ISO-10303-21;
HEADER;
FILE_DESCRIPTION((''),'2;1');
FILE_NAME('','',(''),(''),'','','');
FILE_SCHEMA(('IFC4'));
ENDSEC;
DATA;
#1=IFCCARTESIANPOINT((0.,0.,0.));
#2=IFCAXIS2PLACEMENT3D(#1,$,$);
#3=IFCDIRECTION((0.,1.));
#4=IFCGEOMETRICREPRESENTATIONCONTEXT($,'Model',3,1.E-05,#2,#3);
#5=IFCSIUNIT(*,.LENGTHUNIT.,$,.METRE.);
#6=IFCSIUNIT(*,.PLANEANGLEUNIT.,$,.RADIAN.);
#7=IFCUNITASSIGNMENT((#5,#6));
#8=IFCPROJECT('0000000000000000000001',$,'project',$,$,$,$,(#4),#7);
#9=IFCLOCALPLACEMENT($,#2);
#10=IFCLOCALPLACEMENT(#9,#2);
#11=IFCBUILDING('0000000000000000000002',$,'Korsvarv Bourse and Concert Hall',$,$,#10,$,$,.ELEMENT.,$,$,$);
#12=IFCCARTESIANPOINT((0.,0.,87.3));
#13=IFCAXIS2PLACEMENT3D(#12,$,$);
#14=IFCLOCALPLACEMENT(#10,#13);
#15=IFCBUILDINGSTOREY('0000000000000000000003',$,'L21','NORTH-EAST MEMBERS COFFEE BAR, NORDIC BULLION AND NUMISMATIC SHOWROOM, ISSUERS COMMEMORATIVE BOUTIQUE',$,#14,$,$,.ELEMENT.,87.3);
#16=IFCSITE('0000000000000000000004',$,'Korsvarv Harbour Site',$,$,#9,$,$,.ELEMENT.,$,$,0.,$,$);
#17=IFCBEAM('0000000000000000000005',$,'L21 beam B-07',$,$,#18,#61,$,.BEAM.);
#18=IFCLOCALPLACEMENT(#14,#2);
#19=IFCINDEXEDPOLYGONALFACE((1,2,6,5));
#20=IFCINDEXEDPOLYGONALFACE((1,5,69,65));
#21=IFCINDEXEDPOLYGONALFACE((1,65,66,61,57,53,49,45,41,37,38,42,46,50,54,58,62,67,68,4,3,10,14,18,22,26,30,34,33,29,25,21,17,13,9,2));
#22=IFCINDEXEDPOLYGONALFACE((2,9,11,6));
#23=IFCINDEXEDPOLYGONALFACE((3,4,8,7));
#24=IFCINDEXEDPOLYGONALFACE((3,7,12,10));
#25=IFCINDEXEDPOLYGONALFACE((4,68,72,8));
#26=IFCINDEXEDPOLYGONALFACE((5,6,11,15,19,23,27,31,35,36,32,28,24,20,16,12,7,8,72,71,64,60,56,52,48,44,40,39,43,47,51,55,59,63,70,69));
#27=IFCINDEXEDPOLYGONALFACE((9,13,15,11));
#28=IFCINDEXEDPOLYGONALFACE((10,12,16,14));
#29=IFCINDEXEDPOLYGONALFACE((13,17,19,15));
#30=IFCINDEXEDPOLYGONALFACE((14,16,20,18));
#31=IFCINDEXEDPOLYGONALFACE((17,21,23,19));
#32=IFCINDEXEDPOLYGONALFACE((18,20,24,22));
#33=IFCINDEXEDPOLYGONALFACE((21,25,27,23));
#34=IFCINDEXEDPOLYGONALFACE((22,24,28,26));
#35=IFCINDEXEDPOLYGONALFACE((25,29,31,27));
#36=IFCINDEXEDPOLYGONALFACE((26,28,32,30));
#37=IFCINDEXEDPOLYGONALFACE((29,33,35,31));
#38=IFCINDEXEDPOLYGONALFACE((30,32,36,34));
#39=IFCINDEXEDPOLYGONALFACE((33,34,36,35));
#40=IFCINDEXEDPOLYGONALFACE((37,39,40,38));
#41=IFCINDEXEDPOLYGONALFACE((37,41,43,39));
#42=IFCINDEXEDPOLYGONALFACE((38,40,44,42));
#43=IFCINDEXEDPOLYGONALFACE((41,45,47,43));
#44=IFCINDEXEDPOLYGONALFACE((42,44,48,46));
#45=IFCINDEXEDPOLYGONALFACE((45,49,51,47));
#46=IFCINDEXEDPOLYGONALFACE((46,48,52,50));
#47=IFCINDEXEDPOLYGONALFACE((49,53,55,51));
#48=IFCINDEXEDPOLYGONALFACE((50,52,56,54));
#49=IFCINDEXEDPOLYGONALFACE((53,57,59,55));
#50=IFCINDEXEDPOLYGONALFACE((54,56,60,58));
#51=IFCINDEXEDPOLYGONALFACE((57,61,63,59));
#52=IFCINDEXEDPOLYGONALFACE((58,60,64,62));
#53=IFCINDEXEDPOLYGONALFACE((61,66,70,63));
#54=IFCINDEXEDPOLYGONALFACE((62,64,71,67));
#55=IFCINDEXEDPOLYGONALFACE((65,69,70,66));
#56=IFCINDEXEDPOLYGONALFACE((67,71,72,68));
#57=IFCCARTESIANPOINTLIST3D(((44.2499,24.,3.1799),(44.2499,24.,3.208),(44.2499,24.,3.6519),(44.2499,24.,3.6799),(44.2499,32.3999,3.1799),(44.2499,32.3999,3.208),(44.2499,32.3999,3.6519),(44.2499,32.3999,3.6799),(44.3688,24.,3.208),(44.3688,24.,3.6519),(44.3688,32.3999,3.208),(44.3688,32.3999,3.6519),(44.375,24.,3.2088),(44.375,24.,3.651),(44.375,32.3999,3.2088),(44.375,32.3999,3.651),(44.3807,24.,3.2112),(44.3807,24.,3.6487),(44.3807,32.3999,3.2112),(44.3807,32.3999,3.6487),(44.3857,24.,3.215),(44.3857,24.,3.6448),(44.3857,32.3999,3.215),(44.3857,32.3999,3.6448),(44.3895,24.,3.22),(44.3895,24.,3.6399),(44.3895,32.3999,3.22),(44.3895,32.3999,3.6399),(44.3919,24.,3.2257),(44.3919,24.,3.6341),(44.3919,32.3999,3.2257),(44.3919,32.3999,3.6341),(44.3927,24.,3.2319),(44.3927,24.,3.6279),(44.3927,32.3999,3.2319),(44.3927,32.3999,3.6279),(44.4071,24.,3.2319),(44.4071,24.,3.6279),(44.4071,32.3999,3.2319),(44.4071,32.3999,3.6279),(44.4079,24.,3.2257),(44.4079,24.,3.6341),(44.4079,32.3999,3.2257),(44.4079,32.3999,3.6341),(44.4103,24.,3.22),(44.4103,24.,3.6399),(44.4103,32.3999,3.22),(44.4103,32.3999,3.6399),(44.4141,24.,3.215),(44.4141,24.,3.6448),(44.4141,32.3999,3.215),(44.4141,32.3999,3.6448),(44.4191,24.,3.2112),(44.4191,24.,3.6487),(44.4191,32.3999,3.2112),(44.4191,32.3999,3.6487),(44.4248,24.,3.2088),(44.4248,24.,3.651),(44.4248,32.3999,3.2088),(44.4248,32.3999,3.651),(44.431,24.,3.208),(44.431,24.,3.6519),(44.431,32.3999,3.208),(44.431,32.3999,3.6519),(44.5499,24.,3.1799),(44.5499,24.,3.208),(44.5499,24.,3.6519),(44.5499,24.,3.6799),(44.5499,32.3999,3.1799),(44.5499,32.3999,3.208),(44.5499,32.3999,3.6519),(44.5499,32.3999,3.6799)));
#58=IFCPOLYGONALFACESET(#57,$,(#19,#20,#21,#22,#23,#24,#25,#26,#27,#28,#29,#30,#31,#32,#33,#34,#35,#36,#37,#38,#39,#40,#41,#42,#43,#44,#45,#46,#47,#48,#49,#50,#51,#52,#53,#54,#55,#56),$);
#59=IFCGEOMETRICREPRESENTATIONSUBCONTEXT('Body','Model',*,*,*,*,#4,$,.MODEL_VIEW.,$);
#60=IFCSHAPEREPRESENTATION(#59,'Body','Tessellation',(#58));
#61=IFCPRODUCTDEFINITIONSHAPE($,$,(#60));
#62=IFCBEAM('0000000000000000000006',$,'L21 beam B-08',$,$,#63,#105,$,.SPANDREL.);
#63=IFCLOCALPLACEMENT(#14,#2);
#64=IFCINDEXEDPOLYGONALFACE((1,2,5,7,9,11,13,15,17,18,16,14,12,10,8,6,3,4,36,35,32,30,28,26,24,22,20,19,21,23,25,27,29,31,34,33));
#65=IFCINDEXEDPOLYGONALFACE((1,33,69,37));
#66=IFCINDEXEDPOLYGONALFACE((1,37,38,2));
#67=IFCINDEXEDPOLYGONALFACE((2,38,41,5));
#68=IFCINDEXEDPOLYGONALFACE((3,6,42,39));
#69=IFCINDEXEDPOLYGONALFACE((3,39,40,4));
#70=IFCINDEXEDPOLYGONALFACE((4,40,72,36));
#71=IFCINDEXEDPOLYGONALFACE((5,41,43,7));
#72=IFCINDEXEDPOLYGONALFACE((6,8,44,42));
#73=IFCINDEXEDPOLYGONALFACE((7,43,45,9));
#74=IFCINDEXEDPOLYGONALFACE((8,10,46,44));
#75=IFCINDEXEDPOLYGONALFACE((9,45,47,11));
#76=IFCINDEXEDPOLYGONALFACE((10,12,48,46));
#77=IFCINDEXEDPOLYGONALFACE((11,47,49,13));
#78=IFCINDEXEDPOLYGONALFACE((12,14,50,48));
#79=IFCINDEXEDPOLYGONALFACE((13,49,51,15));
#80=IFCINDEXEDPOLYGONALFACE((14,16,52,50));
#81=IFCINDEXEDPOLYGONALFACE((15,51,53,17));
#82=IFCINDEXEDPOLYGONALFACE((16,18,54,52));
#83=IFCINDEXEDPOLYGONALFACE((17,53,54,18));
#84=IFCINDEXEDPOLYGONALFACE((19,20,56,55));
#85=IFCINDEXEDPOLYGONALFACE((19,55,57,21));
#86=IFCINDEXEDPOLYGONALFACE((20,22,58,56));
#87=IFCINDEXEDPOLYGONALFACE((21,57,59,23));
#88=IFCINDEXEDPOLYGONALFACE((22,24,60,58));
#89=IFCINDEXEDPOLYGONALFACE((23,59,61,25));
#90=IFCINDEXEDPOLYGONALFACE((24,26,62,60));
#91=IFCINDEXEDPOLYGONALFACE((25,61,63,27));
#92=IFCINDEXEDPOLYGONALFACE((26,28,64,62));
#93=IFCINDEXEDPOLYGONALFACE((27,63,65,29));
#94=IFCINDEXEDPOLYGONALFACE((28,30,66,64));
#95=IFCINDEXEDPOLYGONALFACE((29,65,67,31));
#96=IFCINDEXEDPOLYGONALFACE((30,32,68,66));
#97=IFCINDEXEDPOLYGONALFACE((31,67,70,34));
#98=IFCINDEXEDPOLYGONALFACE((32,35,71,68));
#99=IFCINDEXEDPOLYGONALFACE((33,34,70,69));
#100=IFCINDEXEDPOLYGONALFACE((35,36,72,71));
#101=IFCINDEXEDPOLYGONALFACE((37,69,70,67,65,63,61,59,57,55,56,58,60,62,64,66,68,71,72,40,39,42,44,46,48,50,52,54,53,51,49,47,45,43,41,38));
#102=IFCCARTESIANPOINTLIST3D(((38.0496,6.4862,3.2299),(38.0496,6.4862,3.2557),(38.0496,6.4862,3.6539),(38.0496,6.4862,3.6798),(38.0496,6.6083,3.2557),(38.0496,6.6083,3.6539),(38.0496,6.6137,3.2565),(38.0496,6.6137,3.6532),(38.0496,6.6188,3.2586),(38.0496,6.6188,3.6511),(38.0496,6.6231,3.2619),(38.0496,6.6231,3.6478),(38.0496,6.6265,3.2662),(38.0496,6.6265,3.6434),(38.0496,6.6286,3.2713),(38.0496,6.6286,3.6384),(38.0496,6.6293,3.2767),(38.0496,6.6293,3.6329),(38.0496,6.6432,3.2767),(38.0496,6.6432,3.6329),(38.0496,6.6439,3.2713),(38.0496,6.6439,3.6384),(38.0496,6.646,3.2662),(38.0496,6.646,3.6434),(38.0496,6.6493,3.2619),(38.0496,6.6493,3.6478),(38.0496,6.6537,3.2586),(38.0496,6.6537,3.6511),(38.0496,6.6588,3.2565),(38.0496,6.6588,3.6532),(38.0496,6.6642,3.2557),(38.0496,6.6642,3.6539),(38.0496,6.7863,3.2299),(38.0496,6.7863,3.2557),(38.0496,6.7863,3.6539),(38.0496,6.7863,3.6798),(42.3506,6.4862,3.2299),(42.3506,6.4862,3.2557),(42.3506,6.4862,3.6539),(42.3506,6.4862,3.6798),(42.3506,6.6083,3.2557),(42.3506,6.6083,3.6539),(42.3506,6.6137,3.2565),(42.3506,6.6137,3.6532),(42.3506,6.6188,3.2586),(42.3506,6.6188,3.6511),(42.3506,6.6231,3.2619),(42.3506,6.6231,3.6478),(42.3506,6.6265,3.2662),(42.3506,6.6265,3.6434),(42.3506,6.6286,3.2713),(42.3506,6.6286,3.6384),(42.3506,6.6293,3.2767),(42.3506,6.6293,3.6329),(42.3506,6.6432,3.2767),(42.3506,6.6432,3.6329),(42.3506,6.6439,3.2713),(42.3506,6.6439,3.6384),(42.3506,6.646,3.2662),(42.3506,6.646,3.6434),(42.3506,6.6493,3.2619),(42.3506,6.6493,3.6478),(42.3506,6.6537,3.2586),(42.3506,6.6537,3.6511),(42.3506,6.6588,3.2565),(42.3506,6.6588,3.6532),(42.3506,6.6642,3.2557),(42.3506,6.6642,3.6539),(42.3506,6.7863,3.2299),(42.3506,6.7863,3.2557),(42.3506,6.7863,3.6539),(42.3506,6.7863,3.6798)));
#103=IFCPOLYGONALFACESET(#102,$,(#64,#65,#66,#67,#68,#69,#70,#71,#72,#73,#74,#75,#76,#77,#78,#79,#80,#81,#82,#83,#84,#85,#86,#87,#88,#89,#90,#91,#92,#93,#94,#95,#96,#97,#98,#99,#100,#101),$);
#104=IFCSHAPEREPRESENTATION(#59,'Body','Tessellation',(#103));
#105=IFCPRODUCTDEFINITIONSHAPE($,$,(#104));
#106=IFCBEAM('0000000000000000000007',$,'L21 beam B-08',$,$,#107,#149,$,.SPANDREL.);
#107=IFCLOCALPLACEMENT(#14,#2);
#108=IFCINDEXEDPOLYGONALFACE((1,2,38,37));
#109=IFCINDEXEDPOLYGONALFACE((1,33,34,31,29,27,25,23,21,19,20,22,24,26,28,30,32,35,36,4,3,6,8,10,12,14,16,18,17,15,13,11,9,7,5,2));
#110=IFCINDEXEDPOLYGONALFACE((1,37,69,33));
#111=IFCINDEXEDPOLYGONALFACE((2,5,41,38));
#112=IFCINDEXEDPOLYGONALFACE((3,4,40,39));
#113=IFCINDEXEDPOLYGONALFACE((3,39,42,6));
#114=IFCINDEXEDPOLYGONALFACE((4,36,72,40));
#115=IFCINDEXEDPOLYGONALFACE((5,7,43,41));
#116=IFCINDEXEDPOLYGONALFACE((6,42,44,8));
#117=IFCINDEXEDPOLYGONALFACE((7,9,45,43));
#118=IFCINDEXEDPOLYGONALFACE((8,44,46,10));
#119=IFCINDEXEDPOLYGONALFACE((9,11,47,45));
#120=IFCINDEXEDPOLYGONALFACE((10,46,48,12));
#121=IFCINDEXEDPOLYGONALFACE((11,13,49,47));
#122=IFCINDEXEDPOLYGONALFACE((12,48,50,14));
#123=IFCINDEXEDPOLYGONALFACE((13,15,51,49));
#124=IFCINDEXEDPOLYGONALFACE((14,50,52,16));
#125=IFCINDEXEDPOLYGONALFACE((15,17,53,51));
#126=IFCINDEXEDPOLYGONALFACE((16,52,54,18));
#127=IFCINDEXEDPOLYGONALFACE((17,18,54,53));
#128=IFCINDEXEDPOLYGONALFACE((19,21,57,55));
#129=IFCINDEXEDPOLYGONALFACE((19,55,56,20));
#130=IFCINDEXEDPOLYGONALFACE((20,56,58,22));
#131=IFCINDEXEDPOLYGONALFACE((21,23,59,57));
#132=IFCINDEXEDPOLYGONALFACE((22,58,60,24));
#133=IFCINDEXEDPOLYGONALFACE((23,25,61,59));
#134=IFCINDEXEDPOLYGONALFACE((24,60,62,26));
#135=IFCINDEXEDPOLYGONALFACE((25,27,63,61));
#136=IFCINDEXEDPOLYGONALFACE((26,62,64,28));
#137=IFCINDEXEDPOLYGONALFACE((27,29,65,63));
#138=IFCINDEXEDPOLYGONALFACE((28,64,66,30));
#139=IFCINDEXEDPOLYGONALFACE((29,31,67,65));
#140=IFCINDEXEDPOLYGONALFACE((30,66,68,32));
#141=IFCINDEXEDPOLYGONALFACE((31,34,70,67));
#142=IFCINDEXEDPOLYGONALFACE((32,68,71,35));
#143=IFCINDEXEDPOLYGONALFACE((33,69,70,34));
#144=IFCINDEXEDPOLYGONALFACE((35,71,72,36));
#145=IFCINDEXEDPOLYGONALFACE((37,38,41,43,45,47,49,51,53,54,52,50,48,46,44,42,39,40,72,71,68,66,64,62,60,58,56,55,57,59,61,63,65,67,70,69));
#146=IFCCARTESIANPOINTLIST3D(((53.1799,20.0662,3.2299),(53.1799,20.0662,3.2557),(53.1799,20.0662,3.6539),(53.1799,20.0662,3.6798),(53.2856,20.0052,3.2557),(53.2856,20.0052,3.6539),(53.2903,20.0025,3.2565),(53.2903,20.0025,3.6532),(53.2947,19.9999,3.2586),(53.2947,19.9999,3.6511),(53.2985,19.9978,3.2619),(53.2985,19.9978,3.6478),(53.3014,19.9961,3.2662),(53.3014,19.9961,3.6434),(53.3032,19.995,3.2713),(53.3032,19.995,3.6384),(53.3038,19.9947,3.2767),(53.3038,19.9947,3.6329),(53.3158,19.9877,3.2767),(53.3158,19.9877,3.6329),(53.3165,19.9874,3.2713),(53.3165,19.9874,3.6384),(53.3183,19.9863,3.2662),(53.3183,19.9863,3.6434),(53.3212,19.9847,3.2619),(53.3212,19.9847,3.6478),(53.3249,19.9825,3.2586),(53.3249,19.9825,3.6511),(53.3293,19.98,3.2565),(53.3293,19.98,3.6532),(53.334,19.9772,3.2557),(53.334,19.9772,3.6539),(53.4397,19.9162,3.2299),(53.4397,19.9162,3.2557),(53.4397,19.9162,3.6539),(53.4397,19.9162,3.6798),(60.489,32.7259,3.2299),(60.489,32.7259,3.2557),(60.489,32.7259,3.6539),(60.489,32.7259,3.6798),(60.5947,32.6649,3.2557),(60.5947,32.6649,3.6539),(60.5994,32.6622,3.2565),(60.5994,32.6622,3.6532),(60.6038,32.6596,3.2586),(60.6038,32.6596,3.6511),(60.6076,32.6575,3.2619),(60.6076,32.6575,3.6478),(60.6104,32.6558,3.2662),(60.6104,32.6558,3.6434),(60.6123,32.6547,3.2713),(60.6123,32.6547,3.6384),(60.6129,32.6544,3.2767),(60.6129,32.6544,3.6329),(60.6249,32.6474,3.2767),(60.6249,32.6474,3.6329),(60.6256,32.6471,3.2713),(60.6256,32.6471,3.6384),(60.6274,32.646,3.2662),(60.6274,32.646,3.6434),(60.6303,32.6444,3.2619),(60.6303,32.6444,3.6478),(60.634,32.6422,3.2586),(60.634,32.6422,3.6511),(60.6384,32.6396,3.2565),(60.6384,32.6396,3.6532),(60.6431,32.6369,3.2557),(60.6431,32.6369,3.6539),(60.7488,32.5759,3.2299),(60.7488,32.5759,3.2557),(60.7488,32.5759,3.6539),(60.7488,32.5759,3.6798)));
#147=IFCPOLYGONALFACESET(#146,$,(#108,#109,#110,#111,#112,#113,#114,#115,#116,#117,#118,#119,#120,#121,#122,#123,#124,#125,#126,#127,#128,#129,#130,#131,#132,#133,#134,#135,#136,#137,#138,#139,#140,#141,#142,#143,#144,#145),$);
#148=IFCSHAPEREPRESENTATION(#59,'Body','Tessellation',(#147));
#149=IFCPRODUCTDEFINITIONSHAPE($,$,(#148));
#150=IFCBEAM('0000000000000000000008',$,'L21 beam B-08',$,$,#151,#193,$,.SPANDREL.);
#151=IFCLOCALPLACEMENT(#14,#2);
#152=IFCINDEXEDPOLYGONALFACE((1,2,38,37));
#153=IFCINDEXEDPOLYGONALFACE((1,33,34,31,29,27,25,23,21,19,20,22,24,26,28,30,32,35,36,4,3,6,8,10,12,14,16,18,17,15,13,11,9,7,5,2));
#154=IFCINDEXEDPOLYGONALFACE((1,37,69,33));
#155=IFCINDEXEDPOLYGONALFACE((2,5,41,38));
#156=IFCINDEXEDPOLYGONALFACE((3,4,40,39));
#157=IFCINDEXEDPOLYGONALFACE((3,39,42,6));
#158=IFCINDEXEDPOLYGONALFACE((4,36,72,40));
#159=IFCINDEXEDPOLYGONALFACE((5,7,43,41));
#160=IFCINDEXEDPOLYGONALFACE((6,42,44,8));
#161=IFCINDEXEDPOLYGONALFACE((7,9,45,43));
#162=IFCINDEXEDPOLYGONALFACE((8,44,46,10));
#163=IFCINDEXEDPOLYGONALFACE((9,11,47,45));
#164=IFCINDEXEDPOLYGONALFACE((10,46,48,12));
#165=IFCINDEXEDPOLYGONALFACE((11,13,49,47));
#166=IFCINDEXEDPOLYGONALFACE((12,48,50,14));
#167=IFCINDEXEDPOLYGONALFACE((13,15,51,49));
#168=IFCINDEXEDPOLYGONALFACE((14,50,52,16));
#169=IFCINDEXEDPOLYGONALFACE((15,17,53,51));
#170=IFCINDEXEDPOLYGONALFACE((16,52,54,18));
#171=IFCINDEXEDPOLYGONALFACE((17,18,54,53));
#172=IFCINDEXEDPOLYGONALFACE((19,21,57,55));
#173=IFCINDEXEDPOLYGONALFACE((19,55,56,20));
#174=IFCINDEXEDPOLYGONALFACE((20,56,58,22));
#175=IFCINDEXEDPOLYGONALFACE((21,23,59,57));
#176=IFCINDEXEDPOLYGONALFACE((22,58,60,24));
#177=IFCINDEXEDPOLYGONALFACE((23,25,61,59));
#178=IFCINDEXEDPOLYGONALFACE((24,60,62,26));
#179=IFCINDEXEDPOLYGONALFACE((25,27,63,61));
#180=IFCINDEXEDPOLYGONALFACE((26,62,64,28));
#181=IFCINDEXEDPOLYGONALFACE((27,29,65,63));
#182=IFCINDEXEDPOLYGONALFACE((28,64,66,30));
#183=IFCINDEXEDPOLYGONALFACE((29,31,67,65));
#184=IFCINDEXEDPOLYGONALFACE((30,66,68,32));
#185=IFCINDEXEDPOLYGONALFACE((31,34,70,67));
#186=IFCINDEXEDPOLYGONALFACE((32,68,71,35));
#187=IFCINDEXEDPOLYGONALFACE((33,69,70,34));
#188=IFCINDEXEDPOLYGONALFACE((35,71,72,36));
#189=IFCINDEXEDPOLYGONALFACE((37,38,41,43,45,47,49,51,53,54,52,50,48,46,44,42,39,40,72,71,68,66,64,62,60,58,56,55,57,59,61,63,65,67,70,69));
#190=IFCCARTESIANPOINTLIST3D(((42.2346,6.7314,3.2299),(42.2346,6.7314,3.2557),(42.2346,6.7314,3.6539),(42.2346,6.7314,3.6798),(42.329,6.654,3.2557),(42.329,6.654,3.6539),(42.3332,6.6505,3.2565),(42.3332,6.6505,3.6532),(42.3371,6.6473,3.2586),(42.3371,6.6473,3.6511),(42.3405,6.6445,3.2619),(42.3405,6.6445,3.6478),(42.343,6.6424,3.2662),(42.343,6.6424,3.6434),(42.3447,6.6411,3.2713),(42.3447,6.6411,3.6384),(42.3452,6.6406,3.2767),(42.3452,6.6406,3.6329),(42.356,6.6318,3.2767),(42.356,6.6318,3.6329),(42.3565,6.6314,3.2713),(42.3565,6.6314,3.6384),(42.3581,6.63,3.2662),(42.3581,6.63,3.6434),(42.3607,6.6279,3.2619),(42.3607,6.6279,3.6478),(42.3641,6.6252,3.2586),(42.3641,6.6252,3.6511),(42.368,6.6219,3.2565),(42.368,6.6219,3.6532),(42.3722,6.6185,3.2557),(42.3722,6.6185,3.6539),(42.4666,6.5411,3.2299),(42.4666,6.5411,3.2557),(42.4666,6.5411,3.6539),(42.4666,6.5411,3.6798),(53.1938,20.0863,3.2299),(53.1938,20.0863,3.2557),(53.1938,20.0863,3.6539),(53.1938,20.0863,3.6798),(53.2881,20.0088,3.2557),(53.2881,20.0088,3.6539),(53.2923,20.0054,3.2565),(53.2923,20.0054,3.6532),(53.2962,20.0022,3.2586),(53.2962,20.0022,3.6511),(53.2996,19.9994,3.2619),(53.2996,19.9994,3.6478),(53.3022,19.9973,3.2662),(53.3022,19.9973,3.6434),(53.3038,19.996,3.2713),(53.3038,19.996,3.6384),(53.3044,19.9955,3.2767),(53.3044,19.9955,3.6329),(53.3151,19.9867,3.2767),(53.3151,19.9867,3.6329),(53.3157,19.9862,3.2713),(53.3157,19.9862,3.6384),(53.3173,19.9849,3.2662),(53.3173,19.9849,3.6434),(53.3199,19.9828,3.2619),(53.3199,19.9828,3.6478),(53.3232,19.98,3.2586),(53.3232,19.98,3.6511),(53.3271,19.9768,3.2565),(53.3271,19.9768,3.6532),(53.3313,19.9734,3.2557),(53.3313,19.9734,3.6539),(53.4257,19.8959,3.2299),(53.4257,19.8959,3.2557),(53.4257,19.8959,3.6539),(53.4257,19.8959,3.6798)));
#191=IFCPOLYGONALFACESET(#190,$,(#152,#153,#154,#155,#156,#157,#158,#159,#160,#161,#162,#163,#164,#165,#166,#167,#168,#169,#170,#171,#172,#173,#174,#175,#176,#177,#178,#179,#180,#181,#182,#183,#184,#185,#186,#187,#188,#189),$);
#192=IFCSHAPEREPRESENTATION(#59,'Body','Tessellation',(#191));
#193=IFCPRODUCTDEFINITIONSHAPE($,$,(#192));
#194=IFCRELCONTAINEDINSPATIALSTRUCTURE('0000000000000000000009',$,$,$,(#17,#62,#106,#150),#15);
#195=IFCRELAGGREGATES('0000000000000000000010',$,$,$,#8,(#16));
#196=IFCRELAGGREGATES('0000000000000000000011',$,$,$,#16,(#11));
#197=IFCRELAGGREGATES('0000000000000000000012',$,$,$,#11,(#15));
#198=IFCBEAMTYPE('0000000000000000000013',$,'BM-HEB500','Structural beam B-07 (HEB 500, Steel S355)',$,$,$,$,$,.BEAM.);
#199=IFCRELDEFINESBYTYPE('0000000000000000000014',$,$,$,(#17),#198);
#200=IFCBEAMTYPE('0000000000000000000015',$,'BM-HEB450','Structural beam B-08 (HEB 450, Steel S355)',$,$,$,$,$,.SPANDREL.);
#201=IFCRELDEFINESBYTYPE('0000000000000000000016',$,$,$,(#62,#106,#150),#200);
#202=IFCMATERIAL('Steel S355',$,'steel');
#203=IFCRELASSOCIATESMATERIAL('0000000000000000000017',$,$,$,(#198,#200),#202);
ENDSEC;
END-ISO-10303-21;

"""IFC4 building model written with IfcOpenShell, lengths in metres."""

from ifc_helpers import new_model, si_unit, direction, frame, origin, origin_2d, place, context, subcontext, project, spatial, i_section, extrude, source, transform, mapped, material, material_profile, profile_set, type_object, element, save


model = new_model("IFC4")

# Units and contexts
model_context = context("Model", 3, precision=1e-05, world=origin(), true_north=direction((0.0, 1.0)))
body_context = subcontext(model_context, "Body", "Model", "MODEL_VIEW")
ifc_project = project(units=[si_unit("LENGTHUNIT", "METRE"), si_unit("PLANEANGLEUNIT", "RADIAN")], contexts=[model_context])

# Site, building, storey
site_placement = place(None, origin())
site = spatial("IfcSite", under=ifc_project, at=site_placement, Name="Korsvarv Harbour Site", CompositionType="ELEMENT", RefElevation=0.0)
building_placement = place(site_placement, origin())
building = spatial("IfcBuilding", under=site, at=building_placement, Name="Korsvarv Bourse and Concert Hall", CompositionType="ELEMENT")
storey_placement = place(building_placement, frame((0.0, 0.0, 87.3)))
storey = spatial("IfcBuildingStorey", under=building, at=storey_placement, Name="L21", Description="NORTH-EAST MEMBERS COFFEE BAR, NORDIC BULLION AND NUMISMATIC SHOWROOM, ISSUERS COMMEMORATIVE BOUTIQUE", CompositionType="ELEMENT", Elevation=87.3)

# Beams
ifc_material_1 = material(Name="Steel S355", Category="steel")
ifc_material_profile_1 = material_profile(ifc_material_1, i_section(OverallWidth=0.3, OverallDepth=0.5, WebThickness=0.0144, FlangeThickness=0.0281, FilletRadius=0.0239, at=origin_2d()), Name="HEB 500")
ifc_profile_set_1 = profile_set([ifc_material_profile_1], Name="Steel S355")
beam_type_1 = type_object("IfcBeamType", Name="BM-HEB500", Description="Structural beam B-07 (HEB 500, Steel S355)", PredefinedType="BEAM", material=ifc_profile_set_1)
shared_shape_1 = source(origin(), body_context, "Body", "SweptSolid", [
    extrude(i_section(OverallWidth=0.3, OverallDepth=0.5, WebThickness=0.0144, FlangeThickness=0.0281, FilletRadius=0.0239, at=origin_2d()), origin(), (0.0, 0.0, 1.0), 8.3999),
])
beam_1_placement = place(storey_placement, frame((44.3999, 24.0, 3.4299), z_axis=(0.0, 1.0, 0.0), x_axis=(-1.0, 0.0, 0.0)))
element("IfcBeam", 1, at=beam_1_placement, inside=storey, type_object=beam_type_1, Name="L21 beam B-07", PredefinedType="BEAM", context=body_context, shape_type="MappedRepresentation", body=[
    mapped(shared_shape_1, transform((0.0, 0.0, 0.0), scale=1.0)),
])
ifc_material_profile_2 = material_profile(ifc_material_1, i_section(OverallWidth=0.3, OverallDepth=0.45, WebThickness=0.0139, FlangeThickness=0.0259, FilletRadius=0.021, at=origin_2d()), Name="HEB 450")
ifc_profile_set_2 = profile_set([ifc_material_profile_2], Name="Steel S355")
beam_type_2 = type_object("IfcBeamType", Name="BM-HEB450", Description="Structural beam B-08 (HEB 450, Steel S355)", PredefinedType="SPANDREL", material=ifc_profile_set_2)
shared_shape_2 = source(origin(), body_context, "Body", "SweptSolid", [
    extrude(i_section(OverallWidth=0.3, OverallDepth=0.45, WebThickness=0.0139, FlangeThickness=0.0259, FilletRadius=0.021, at=origin_2d()), origin(), (0.0, 0.0, 1.0), 4.301),
])
beam_2_placement = place(storey_placement, frame((38.0496, 6.6362, 3.4548), z_axis=(1.0, 0.0, 0.0), x_axis=(0.0, 1.0, 0.0)))
element("IfcBeam", 2, at=beam_2_placement, inside=storey, type_object=beam_type_2, Name="L21 beam B-08", PredefinedType="SPANDREL", context=body_context, shape_type="MappedRepresentation", body=[
    mapped(shared_shape_2, transform((0.0, 0.0, 0.0), scale=1.0)),
])
shared_shape_3 = source(origin(), body_context, "Body", "SweptSolid", [
    extrude(i_section(OverallWidth=0.3, OverallDepth=0.45, WebThickness=0.0139, FlangeThickness=0.0259, FilletRadius=0.021, at=origin_2d()), origin(), (0.0, 0.0, 1.0), 14.6182),
])
beam_3_placement = place(storey_placement, frame((53.3098, 19.9912, 3.4548), z_axis=(0.500001, 0.866025, 0.0), x_axis=(-0.866025, 0.500001, 0.0)))
element("IfcBeam", 3, at=beam_3_placement, inside=storey, type_object=beam_type_2, Name="L21 beam B-08", PredefinedType="SPANDREL", context=body_context, shape_type="MappedRepresentation", body=[
    mapped(shared_shape_3, transform((0.0, 0.0, 0.0), scale=1.0)),
])
shared_shape_4 = source(origin(), body_context, "Body", "SweptSolid", [
    extrude(i_section(OverallWidth=0.3, OverallDepth=0.45, WebThickness=0.0139, FlangeThickness=0.0259, FilletRadius=0.021, at=origin_2d()), origin(), (0.0, 0.0, 1.0), 17.2759),
])
beam_4_placement = place(storey_placement, frame((42.3506, 6.6362, 3.4548), z_axis=(0.634361, 0.773037, 0.0), x_axis=(-0.773037, 0.634361, 0.0)))
element("IfcBeam", 4, at=beam_4_placement, inside=storey, type_object=beam_type_2, Name="L21 beam B-08", PredefinedType="SPANDREL", context=body_context, shape_type="MappedRepresentation", body=[
    mapped(shared_shape_4, transform((0.0, 0.0, 0.0), scale=1.0)),
])

save(model, "model.ifc")
